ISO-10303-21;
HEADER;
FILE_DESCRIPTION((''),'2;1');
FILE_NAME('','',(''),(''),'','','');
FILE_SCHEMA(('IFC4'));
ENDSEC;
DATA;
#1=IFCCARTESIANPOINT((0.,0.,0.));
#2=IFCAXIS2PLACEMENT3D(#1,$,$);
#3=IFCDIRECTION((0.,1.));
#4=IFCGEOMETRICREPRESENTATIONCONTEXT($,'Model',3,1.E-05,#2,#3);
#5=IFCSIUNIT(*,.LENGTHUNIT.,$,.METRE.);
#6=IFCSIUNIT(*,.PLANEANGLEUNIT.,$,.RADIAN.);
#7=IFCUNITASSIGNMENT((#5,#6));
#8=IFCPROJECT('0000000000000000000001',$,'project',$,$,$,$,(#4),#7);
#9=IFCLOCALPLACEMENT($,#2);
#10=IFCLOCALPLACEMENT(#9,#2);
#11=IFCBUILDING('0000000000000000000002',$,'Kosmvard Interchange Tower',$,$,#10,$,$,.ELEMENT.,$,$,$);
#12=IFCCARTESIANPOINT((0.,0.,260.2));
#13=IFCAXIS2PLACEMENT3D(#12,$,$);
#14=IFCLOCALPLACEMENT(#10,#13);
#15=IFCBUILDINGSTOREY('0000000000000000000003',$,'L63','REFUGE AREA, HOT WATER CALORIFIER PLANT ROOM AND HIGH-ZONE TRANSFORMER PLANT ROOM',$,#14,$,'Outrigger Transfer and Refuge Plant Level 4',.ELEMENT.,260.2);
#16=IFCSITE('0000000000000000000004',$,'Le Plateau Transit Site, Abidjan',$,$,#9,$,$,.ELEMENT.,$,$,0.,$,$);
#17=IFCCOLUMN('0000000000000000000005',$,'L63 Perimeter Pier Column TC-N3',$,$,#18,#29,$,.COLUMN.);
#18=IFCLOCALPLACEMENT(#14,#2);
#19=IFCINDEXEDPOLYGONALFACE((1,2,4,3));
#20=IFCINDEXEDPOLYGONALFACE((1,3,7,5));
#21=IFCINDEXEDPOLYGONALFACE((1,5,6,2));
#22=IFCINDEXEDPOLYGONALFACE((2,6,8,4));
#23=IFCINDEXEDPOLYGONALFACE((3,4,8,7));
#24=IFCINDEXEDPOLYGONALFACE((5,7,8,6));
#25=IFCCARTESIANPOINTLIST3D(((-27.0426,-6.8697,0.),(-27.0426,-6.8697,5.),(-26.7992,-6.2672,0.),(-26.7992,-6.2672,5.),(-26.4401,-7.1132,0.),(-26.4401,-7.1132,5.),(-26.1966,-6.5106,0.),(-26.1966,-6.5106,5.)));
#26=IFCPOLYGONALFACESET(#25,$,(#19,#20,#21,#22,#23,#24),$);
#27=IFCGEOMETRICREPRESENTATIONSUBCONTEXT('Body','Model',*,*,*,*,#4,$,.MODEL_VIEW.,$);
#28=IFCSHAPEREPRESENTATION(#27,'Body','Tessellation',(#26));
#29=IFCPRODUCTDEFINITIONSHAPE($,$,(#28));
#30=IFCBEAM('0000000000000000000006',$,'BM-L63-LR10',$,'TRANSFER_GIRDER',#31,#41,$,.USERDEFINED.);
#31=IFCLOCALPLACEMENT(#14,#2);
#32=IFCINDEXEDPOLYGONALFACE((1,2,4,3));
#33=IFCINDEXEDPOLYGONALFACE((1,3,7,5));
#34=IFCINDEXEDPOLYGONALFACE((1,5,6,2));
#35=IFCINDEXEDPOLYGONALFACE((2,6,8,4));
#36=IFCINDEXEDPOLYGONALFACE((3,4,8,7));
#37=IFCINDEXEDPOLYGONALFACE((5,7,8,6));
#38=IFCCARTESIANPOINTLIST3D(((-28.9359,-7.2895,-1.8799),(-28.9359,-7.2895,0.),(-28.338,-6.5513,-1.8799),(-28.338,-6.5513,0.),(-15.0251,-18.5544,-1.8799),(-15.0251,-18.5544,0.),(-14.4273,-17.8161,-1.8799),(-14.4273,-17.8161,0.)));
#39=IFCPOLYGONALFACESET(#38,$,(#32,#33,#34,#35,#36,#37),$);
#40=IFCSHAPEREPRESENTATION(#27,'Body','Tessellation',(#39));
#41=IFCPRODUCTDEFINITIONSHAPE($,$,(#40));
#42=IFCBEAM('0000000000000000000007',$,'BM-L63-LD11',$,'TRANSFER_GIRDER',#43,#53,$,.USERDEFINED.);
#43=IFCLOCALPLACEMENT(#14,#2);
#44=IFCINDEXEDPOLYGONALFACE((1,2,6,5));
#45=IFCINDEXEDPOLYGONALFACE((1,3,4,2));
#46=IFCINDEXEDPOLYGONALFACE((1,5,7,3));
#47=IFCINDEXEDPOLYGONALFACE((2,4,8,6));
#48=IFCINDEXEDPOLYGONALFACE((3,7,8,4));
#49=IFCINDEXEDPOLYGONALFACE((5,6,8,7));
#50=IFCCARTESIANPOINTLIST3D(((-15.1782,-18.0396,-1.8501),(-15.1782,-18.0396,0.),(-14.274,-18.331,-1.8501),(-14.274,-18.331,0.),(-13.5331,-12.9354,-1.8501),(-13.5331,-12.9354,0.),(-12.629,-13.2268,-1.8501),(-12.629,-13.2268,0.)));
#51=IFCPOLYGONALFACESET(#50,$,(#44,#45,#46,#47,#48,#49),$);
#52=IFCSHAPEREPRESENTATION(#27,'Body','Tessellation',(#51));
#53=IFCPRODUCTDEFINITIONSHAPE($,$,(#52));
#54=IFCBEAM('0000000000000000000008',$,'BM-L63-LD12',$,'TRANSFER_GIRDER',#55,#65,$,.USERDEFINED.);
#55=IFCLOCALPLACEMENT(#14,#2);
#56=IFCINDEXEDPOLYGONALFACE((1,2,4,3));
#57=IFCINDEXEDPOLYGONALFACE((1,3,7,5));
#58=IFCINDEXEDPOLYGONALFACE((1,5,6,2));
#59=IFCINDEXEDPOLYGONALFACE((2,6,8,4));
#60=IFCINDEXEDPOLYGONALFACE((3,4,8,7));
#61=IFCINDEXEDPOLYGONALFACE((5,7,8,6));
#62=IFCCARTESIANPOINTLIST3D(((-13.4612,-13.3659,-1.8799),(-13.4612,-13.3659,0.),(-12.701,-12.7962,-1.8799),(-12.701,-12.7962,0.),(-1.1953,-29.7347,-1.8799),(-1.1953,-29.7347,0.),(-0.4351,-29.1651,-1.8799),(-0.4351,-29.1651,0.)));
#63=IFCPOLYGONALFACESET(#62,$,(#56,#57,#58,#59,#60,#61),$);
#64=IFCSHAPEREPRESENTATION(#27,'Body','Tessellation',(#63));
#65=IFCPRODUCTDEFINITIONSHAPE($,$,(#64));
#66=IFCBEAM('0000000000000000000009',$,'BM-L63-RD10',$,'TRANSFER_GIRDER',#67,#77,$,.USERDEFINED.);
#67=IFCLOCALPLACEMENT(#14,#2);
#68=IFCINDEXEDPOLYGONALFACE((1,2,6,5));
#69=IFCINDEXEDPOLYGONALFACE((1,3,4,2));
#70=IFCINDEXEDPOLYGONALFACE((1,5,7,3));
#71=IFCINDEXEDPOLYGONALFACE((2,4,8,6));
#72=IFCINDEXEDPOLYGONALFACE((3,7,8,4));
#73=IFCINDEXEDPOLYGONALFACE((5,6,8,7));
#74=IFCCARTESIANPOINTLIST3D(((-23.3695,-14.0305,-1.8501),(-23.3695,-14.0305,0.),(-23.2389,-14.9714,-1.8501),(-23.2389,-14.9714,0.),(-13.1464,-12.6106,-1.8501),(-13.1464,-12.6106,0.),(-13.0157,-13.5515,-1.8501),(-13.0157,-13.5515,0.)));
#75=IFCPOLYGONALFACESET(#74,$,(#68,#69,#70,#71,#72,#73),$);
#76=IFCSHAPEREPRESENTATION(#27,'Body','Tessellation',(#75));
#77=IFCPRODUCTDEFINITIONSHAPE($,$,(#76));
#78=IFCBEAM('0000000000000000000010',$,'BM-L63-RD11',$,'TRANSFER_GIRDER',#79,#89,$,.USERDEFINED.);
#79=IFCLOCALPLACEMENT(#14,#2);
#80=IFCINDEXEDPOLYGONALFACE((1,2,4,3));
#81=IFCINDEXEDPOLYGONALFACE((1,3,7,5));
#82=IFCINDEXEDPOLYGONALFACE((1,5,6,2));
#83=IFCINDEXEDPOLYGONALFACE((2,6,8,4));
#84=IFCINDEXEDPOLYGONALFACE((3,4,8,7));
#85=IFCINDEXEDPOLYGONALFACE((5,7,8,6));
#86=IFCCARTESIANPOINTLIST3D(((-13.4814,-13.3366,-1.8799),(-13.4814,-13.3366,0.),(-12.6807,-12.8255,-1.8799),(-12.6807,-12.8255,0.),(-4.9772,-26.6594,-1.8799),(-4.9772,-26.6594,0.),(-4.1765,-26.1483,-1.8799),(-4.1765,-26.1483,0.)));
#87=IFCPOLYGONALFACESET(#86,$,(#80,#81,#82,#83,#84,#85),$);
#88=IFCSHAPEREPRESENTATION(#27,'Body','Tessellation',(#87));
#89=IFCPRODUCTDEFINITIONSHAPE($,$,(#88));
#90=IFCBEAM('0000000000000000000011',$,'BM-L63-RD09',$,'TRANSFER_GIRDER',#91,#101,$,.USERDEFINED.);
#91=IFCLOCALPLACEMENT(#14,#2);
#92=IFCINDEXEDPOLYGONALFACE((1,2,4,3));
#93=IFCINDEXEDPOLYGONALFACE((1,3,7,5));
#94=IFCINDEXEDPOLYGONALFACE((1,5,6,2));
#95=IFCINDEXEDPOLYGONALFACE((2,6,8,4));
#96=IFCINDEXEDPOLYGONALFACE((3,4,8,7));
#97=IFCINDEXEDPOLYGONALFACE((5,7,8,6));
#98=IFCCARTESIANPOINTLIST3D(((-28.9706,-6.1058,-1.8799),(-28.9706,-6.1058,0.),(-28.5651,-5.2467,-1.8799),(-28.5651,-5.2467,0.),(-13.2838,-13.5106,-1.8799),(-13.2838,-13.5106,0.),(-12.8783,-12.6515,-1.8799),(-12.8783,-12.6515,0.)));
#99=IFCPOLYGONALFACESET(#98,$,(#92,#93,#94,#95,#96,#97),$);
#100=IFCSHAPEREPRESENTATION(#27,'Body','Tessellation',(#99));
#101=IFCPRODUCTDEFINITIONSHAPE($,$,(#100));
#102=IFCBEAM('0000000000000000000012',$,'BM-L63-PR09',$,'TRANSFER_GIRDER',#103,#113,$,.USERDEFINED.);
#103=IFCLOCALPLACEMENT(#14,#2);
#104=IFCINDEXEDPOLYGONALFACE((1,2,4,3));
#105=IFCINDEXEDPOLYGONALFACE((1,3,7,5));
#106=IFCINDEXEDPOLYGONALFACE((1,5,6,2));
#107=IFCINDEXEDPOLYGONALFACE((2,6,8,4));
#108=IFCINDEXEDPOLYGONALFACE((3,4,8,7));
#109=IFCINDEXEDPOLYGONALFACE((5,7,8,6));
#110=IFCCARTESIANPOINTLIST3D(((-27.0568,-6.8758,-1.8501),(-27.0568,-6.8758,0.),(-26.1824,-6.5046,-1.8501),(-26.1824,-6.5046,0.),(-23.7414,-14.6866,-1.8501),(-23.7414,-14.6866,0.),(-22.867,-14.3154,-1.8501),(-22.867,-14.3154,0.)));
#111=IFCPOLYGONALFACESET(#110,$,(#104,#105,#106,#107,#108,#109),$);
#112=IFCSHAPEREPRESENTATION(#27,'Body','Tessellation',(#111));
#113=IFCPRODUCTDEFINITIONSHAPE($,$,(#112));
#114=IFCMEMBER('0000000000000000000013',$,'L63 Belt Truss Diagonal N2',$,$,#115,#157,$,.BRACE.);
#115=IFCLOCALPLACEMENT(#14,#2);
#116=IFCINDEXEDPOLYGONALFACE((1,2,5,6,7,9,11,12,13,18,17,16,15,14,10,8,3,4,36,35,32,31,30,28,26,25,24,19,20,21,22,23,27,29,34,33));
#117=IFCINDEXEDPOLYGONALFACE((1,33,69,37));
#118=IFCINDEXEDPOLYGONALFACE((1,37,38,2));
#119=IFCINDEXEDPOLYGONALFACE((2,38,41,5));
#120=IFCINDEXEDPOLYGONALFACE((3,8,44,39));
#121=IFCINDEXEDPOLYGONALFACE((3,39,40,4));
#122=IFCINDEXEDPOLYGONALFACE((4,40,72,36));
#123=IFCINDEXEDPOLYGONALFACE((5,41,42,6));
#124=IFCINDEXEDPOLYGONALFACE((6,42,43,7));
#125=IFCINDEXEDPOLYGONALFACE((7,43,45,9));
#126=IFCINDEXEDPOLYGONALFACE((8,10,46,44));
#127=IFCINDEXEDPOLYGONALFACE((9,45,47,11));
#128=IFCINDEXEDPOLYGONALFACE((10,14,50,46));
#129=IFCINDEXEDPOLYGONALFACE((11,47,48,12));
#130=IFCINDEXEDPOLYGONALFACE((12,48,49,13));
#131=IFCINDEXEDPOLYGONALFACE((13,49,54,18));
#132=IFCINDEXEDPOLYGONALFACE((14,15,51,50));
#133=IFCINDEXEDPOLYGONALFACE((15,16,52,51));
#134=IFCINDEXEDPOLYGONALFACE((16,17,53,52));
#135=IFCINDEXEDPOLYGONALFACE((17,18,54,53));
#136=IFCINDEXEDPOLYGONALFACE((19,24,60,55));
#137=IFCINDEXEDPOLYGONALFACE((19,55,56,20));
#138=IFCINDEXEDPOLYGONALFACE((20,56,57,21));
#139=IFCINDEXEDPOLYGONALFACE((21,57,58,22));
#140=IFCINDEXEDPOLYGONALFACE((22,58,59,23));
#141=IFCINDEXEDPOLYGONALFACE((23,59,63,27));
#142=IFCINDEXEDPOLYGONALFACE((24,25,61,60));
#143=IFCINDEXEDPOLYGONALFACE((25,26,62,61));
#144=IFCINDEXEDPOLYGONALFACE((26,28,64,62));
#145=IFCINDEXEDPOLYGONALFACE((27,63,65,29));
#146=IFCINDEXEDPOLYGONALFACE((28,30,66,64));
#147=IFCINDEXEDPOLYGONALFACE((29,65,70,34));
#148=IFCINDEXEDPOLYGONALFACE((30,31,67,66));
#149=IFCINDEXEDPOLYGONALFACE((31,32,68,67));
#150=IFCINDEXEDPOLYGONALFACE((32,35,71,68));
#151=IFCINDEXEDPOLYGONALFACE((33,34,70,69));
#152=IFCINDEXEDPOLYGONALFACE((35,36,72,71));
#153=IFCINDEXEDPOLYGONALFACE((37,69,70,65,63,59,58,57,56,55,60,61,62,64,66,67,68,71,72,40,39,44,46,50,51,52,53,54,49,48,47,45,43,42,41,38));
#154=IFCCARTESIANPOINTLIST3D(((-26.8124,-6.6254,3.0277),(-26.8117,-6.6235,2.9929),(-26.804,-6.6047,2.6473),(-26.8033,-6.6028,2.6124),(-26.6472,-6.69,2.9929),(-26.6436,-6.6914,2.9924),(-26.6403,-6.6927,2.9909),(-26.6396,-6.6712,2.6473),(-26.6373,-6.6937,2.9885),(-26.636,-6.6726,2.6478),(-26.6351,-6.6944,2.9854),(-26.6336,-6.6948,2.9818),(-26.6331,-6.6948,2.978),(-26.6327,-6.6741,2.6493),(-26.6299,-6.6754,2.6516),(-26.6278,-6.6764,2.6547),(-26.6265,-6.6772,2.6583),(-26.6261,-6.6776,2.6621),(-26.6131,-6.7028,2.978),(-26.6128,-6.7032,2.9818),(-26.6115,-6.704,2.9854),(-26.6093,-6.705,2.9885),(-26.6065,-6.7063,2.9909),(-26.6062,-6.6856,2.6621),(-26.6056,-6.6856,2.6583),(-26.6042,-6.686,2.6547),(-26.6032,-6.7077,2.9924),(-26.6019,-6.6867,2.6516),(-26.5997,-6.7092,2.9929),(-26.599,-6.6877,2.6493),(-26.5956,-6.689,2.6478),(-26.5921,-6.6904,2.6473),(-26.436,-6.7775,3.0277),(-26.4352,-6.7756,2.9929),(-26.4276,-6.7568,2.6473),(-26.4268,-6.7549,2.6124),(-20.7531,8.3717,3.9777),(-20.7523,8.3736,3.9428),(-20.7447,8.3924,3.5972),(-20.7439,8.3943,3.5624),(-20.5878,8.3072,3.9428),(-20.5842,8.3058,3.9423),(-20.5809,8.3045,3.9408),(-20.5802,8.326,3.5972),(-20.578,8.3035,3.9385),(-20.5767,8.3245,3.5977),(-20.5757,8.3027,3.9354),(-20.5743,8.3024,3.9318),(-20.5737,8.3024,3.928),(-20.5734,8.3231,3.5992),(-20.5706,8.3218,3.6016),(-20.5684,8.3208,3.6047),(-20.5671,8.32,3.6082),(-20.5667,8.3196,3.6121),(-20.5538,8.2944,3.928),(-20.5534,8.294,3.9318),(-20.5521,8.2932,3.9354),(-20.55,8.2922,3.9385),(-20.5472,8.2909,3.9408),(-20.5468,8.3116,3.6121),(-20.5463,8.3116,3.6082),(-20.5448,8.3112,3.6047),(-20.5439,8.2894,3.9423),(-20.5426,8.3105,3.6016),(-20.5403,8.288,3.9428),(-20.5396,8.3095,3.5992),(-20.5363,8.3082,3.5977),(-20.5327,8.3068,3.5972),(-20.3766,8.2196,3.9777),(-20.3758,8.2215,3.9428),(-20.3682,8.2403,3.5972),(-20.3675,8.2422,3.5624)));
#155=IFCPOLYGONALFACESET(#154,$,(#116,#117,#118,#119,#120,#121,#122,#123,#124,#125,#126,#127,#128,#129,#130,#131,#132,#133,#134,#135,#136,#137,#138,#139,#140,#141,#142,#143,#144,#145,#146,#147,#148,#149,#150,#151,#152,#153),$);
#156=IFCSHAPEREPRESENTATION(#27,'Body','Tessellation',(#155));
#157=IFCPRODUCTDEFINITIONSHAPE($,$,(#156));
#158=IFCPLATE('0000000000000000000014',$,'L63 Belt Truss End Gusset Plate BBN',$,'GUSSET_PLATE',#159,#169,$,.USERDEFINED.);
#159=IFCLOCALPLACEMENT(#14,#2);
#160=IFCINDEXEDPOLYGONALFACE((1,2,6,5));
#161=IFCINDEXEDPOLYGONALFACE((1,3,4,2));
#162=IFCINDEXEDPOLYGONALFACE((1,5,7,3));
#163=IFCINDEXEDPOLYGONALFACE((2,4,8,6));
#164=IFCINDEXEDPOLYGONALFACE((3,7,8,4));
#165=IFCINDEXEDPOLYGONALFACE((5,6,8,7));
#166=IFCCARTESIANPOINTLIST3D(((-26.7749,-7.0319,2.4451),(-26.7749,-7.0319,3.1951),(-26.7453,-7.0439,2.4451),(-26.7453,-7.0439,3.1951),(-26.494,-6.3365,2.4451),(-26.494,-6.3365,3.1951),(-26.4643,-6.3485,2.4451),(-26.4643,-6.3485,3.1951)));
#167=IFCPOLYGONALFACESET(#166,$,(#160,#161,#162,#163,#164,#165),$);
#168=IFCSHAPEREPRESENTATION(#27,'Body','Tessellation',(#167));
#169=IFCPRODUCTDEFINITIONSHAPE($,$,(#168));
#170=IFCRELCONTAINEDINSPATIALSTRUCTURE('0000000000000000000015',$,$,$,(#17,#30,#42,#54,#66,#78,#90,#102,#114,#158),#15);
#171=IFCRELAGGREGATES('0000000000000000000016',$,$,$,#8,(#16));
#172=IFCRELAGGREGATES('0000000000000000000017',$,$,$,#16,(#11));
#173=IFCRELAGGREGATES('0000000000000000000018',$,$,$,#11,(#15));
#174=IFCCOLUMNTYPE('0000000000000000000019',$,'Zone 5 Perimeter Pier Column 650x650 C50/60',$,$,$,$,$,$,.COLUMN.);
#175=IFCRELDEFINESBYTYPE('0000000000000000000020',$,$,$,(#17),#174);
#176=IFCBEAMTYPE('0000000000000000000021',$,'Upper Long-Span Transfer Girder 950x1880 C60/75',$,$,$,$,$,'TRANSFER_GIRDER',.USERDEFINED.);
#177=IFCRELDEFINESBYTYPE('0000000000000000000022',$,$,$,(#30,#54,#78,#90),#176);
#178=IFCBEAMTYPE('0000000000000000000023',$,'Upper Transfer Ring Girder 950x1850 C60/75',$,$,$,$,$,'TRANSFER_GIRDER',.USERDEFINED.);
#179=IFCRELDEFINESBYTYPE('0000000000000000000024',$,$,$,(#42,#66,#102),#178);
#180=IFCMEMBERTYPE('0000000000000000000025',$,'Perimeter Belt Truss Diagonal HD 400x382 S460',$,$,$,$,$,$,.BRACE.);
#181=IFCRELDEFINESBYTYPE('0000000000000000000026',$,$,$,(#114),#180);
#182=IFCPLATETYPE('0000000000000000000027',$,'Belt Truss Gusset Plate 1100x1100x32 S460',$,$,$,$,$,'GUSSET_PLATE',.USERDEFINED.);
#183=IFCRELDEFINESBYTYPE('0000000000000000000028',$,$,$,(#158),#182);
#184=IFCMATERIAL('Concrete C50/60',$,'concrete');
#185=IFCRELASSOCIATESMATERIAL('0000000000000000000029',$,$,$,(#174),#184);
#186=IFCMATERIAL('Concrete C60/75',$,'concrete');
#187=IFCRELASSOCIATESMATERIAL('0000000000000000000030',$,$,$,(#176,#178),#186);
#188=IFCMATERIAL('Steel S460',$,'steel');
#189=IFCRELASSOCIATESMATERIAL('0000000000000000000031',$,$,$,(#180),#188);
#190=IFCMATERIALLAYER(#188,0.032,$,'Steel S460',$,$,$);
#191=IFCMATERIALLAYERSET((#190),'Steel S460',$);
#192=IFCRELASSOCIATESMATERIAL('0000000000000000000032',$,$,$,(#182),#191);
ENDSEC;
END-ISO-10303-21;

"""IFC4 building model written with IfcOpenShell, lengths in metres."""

from ifc_helpers import new_model, si_unit, direction, frame, origin, origin_2d, place, context, subcontext, project, spatial, rectangle, i_section, extrude, source, transform, mapped, material, layer, layer_set, material_profile, profile_set, type_object, element, save


model = new_model("IFC4")

# Units and contexts
model_context = context("Model", 3, precision=1e-05, world=origin(), true_north=direction((0.0, 1.0)))
body_context = subcontext(model_context, "Body", "Model", "MODEL_VIEW")
ifc_project = project(units=[si_unit("LENGTHUNIT", "METRE"), si_unit("PLANEANGLEUNIT", "RADIAN")], contexts=[model_context])

# Site, building, storey
site_placement = place(None, origin())
site = spatial("IfcSite", under=ifc_project, at=site_placement, Name="Le Plateau Transit Site, Abidjan", CompositionType="ELEMENT", RefElevation=0.0)
building_placement = place(site_placement, origin())
building = spatial("IfcBuilding", under=site, at=building_placement, Name="Kosmvard Interchange Tower", CompositionType="ELEMENT")
storey_placement = place(building_placement, frame((0.0, 0.0, 260.2)))
storey = spatial("IfcBuildingStorey", under=building, at=storey_placement, Name="L63", Description="REFUGE AREA, HOT WATER CALORIFIER PLANT ROOM AND HIGH-ZONE TRANSFORMER PLANT ROOM", LongName="Outrigger Transfer and Refuge Plant Level 4", CompositionType="ELEMENT", Elevation=260.2)

# Column
ifc_material_1 = material(Name="Concrete C50/60", Category="concrete")
ifc_material_profile_1 = material_profile(ifc_material_1, rectangle(XDim=0.6499, YDim=0.6499, at=origin_2d()), Name="TC 650x650")
ifc_profile_set_1 = profile_set([ifc_material_profile_1], Name="Concrete C50/60")
column_type = type_object("IfcColumnType", Name="Zone 5 Perimeter Pier Column 650x650 C50/60", PredefinedType="COLUMN", material=ifc_profile_set_1)
shared_shape_1 = source(origin(), body_context, "Body", "SweptSolid", [
    extrude(rectangle(XDim=0.6499, YDim=0.6499, at=origin_2d()), origin(), (0.0, 0.0, 1.0), 5.0),
])
column_placement = place(storey_placement, frame((-26.6196, -6.6902, 0.0), z_axis=(0.0, 0.0, 1.0), x_axis=(0.374607, 0.927184, 0.0)))
element("IfcColumn", 1, at=column_placement, inside=storey, type_object=column_type, Name="L63 Perimeter Pier Column TC-N3", PredefinedType="COLUMN", context=body_context, shape_type="MappedRepresentation", body=[
    mapped(shared_shape_1, transform((0.0, 0.0, 0.0), scale=1.0)),
])

# Beams
ifc_material_2 = material(Name="Concrete C60/75", Category="concrete")
ifc_material_profile_2 = material_profile(ifc_material_2, rectangle(XDim=0.95, YDim=1.8799, at=origin_2d()), Name="TG 950x1880")
ifc_profile_set_2 = profile_set([ifc_material_profile_2], Name="Concrete C60/75")
beam_type_1 = type_object("IfcBeamType", Name="Upper Long-Span Transfer Girder 950x1880 C60/75", ElementType="TRANSFER_GIRDER", PredefinedType="USERDEFINED", material=ifc_profile_set_2)
shared_shape_2 = source(origin(), body_context, "Body", "SweptSolid", [
    extrude(rectangle(XDim=0.95, YDim=1.8799, at=origin_2d()), origin(), (0.0, 0.0, 1.0), 17.8999),
])
beam_1_placement = place(storey_placement, frame((-28.637, -6.9204, -0.9399), z_axis=(0.777144, -0.629323, 0.0), x_axis=(0.629323, 0.777144, 0.0)))
element("IfcBeam", 2, at=beam_1_placement, inside=storey, type_object=beam_type_1, Name="BM-L63-LR10", ObjectType="TRANSFER_GIRDER", PredefinedType="USERDEFINED", context=body_context, shape_type="MappedRepresentation", body=[
    mapped(shared_shape_2, transform((0.0, 0.0, 0.0), scale=1.0)),
])
ifc_material_profile_3 = material_profile(ifc_material_2, rectangle(XDim=0.95, YDim=1.8501, at=origin_2d()), Name="TG 950x1850")
ifc_profile_set_3 = profile_set([ifc_material_profile_3], Name="Concrete C60/75")
beam_type_2 = type_object("IfcBeamType", Name="Upper Transfer Ring Girder 950x1850 C60/75", ElementType="TRANSFER_GIRDER", PredefinedType="USERDEFINED", material=ifc_profile_set_3)
shared_shape_3 = source(origin(), body_context, "Body", "SweptSolid", [
    extrude(rectangle(XDim=0.95, YDim=1.8501, at=origin_2d()), origin(), (0.0, 0.0, 1.0), 5.3628),
])
beam_2_placement = place(storey_placement, frame((-13.0811, -13.0811, -0.925), z_axis=(-0.306747, -0.951791, 0.0), x_axis=(0.951791, -0.306747, 0.0)))
element("IfcBeam", 3, at=beam_2_placement, inside=storey, type_object=beam_type_2, Name="BM-L63-LD11", ObjectType="TRANSFER_GIRDER", PredefinedType="USERDEFINED", context=body_context, shape_type="MappedRepresentation", body=[
    mapped(shared_shape_3, transform((0.0, 0.0, 0.0), scale=1.0)),
])
shared_shape_4 = source(origin(), body_context, "Body", "SweptSolid", [
    extrude(rectangle(XDim=0.95, YDim=1.8799, at=origin_2d()), origin(), (0.0, 0.0, 1.0), 20.4546),
])
beam_3_placement = place(storey_placement, frame((-13.0811, -13.0811, -0.9399), z_axis=(0.599662, -0.800253, 0.0), x_axis=(0.800253, 0.599662, 0.0)))
element("IfcBeam", 4, at=beam_3_placement, inside=storey, type_object=beam_type_1, Name="BM-L63-LD12", ObjectType="TRANSFER_GIRDER", PredefinedType="USERDEFINED", context=body_context, shape_type="MappedRepresentation", body=[
    mapped(shared_shape_4, transform((0.0, 0.0, 0.0), scale=1.0)),
])
shared_shape_5 = source(origin(), body_context, "Body", "SweptSolid", [
    extrude(rectangle(XDim=0.95, YDim=1.8501, at=origin_2d()), origin(), (0.0, 0.0, 1.0), 10.3213),
])
beam_4_placement = place(storey_placement, frame((-13.0811, -13.0811, -0.925), z_axis=(-0.990492, -0.137572, 0.0), x_axis=(0.137572, -0.990492, 0.0)))
element("IfcBeam", 5, at=beam_4_placement, inside=storey, type_object=beam_type_2, Name="BM-L63-RD10", ObjectType="TRANSFER_GIRDER", PredefinedType="USERDEFINED", context=body_context, shape_type="MappedRepresentation", body=[
    mapped(shared_shape_5, transform((0.0, 0.0, 0.0), scale=1.0)),
])
shared_shape_6 = source(origin(), body_context, "Body", "SweptSolid", [
    extrude(rectangle(XDim=0.95, YDim=1.8799, at=origin_2d()), origin(), (0.0, 0.0, 1.0), 15.8057),
])
beam_5_placement = place(storey_placement, frame((-13.0811, -13.0811, -0.9399), z_axis=(0.538047, -0.842915, 0.0), x_axis=(0.842915, 0.538047, 0.0)))
element("IfcBeam", 6, at=beam_5_placement, inside=storey, type_object=beam_type_1, Name="BM-L63-RD11", ObjectType="TRANSFER_GIRDER", PredefinedType="USERDEFINED", context=body_context, shape_type="MappedRepresentation", body=[
    mapped(shared_shape_6, transform((0.0, 0.0, 0.0), scale=1.0)),
])
shared_shape_7 = source(origin(), body_context, "Body", "SweptSolid", [
    extrude(rectangle(XDim=0.95, YDim=1.8799, at=origin_2d()), origin(), (0.0, 0.0, 1.0), 17.3467),
])
beam_6_placement = place(storey_placement, frame((-13.0811, -13.0811, -0.9399), z_axis=(-0.904312, 0.426872, 0.0), x_axis=(-0.426872, -0.904312, 0.0)))
element("IfcBeam", 7, at=beam_6_placement, inside=storey, type_object=beam_type_1, Name="BM-L63-RD09", ObjectType="TRANSFER_GIRDER", PredefinedType="USERDEFINED", context=body_context, shape_type="MappedRepresentation", body=[
    mapped(shared_shape_7, transform((0.0, 0.0, 0.0), scale=1.0)),
])
shared_shape_8 = source(origin(), body_context, "Body", "SweptSolid", [
    extrude(rectangle(XDim=0.95, YDim=1.8501, at=origin_2d()), origin(), (0.0, 0.0, 1.0), 8.4854),
])
beam_7_placement = place(storey_placement, frame((-26.6196, -6.6902, -0.925), z_axis=(0.390726, -0.920507, 0.0), x_axis=(0.920507, 0.390726, 0.0)))
element("IfcBeam", 8, at=beam_7_placement, inside=storey, type_object=beam_type_2, Name="BM-L63-PR09", ObjectType="TRANSFER_GIRDER", PredefinedType="USERDEFINED", context=body_context, shape_type="MappedRepresentation", body=[
    mapped(shared_shape_8, transform((0.0, 0.0, 0.0), scale=1.0)),
])

# Member
ifc_material_3 = material(Name="Steel S460", Category="steel")
ifc_material_profile_4 = material_profile(ifc_material_3, i_section(OverallWidth=0.406, OverallDepth=0.416, WebThickness=0.0215, FlangeThickness=0.0349, FilletRadius=0.0149, at=origin_2d()), Name="HD 400x382")
ifc_profile_set_4 = profile_set([ifc_material_profile_4], Name="Steel S460")
member_type = type_object("IfcMemberType", Name="Perimeter Belt Truss Diagonal HD 400x382 S460", PredefinedType="BRACE", material=ifc_profile_set_4)
shared_shape_9 = source(origin(), body_context, "Body", "SweptSolid", [
    extrude(i_section(OverallWidth=0.406, OverallDepth=0.416, WebThickness=0.0215, FlangeThickness=0.0349, FilletRadius=0.0149, at=origin_2d()), origin(), (0.0, 0.0, 1.0), 16.2029),
])
member_placement = place(storey_placement, frame((-26.6196, -6.6902, 2.8201), z_axis=(0.373968, 0.925586, 0.058629), x_axis=(-0.927181, 0.374613, 0.0)))
element("IfcMember", 9, at=member_placement, inside=storey, type_object=member_type, Name="L63 Belt Truss Diagonal N2", PredefinedType="BRACE", context=body_context, shape_type="MappedRepresentation", body=[
    mapped(shared_shape_9, transform((0.0, 0.0, 0.0), scale=1.0)),
])

# Plate
ifc_layer_1 = layer(ifc_material_3, 0.032, Name="Steel S460")
ifc_layer_set_1 = layer_set([ifc_layer_1], Name="Steel S460")
plate_type_1 = type_object("IfcPlateType", Name="Belt Truss Gusset Plate 1100x1100x32 S460", ElementType="GUSSET_PLATE", PredefinedType="USERDEFINED", material=ifc_layer_set_1)
shared_shape_10 = source(origin(), body_context, "Body", "SweptSolid", [
    extrude(rectangle(XDim=0.75, YDim=0.032, at=origin_2d()), origin(), (0.0, 0.0, 1.0), 0.75),
])
plate_1_placement = place(storey_placement, frame((-26.6196, -6.6902, 2.4451), z_axis=(0.0, 0.0, 1.0), x_axis=(0.374607, 0.927184, 0.0)))
element("IfcPlate", 10, at=plate_1_placement, inside=storey, type_object=plate_type_1, Name="L63 Belt Truss End Gusset Plate BBN", ObjectType="GUSSET_PLATE", PredefinedType="USERDEFINED", context=body_context, shape_type="MappedRepresentation", body=[
    mapped(shared_shape_10, transform((0.0, 0.0, 0.0), scale=1.0)),
])

save(model, "model.ifc")
